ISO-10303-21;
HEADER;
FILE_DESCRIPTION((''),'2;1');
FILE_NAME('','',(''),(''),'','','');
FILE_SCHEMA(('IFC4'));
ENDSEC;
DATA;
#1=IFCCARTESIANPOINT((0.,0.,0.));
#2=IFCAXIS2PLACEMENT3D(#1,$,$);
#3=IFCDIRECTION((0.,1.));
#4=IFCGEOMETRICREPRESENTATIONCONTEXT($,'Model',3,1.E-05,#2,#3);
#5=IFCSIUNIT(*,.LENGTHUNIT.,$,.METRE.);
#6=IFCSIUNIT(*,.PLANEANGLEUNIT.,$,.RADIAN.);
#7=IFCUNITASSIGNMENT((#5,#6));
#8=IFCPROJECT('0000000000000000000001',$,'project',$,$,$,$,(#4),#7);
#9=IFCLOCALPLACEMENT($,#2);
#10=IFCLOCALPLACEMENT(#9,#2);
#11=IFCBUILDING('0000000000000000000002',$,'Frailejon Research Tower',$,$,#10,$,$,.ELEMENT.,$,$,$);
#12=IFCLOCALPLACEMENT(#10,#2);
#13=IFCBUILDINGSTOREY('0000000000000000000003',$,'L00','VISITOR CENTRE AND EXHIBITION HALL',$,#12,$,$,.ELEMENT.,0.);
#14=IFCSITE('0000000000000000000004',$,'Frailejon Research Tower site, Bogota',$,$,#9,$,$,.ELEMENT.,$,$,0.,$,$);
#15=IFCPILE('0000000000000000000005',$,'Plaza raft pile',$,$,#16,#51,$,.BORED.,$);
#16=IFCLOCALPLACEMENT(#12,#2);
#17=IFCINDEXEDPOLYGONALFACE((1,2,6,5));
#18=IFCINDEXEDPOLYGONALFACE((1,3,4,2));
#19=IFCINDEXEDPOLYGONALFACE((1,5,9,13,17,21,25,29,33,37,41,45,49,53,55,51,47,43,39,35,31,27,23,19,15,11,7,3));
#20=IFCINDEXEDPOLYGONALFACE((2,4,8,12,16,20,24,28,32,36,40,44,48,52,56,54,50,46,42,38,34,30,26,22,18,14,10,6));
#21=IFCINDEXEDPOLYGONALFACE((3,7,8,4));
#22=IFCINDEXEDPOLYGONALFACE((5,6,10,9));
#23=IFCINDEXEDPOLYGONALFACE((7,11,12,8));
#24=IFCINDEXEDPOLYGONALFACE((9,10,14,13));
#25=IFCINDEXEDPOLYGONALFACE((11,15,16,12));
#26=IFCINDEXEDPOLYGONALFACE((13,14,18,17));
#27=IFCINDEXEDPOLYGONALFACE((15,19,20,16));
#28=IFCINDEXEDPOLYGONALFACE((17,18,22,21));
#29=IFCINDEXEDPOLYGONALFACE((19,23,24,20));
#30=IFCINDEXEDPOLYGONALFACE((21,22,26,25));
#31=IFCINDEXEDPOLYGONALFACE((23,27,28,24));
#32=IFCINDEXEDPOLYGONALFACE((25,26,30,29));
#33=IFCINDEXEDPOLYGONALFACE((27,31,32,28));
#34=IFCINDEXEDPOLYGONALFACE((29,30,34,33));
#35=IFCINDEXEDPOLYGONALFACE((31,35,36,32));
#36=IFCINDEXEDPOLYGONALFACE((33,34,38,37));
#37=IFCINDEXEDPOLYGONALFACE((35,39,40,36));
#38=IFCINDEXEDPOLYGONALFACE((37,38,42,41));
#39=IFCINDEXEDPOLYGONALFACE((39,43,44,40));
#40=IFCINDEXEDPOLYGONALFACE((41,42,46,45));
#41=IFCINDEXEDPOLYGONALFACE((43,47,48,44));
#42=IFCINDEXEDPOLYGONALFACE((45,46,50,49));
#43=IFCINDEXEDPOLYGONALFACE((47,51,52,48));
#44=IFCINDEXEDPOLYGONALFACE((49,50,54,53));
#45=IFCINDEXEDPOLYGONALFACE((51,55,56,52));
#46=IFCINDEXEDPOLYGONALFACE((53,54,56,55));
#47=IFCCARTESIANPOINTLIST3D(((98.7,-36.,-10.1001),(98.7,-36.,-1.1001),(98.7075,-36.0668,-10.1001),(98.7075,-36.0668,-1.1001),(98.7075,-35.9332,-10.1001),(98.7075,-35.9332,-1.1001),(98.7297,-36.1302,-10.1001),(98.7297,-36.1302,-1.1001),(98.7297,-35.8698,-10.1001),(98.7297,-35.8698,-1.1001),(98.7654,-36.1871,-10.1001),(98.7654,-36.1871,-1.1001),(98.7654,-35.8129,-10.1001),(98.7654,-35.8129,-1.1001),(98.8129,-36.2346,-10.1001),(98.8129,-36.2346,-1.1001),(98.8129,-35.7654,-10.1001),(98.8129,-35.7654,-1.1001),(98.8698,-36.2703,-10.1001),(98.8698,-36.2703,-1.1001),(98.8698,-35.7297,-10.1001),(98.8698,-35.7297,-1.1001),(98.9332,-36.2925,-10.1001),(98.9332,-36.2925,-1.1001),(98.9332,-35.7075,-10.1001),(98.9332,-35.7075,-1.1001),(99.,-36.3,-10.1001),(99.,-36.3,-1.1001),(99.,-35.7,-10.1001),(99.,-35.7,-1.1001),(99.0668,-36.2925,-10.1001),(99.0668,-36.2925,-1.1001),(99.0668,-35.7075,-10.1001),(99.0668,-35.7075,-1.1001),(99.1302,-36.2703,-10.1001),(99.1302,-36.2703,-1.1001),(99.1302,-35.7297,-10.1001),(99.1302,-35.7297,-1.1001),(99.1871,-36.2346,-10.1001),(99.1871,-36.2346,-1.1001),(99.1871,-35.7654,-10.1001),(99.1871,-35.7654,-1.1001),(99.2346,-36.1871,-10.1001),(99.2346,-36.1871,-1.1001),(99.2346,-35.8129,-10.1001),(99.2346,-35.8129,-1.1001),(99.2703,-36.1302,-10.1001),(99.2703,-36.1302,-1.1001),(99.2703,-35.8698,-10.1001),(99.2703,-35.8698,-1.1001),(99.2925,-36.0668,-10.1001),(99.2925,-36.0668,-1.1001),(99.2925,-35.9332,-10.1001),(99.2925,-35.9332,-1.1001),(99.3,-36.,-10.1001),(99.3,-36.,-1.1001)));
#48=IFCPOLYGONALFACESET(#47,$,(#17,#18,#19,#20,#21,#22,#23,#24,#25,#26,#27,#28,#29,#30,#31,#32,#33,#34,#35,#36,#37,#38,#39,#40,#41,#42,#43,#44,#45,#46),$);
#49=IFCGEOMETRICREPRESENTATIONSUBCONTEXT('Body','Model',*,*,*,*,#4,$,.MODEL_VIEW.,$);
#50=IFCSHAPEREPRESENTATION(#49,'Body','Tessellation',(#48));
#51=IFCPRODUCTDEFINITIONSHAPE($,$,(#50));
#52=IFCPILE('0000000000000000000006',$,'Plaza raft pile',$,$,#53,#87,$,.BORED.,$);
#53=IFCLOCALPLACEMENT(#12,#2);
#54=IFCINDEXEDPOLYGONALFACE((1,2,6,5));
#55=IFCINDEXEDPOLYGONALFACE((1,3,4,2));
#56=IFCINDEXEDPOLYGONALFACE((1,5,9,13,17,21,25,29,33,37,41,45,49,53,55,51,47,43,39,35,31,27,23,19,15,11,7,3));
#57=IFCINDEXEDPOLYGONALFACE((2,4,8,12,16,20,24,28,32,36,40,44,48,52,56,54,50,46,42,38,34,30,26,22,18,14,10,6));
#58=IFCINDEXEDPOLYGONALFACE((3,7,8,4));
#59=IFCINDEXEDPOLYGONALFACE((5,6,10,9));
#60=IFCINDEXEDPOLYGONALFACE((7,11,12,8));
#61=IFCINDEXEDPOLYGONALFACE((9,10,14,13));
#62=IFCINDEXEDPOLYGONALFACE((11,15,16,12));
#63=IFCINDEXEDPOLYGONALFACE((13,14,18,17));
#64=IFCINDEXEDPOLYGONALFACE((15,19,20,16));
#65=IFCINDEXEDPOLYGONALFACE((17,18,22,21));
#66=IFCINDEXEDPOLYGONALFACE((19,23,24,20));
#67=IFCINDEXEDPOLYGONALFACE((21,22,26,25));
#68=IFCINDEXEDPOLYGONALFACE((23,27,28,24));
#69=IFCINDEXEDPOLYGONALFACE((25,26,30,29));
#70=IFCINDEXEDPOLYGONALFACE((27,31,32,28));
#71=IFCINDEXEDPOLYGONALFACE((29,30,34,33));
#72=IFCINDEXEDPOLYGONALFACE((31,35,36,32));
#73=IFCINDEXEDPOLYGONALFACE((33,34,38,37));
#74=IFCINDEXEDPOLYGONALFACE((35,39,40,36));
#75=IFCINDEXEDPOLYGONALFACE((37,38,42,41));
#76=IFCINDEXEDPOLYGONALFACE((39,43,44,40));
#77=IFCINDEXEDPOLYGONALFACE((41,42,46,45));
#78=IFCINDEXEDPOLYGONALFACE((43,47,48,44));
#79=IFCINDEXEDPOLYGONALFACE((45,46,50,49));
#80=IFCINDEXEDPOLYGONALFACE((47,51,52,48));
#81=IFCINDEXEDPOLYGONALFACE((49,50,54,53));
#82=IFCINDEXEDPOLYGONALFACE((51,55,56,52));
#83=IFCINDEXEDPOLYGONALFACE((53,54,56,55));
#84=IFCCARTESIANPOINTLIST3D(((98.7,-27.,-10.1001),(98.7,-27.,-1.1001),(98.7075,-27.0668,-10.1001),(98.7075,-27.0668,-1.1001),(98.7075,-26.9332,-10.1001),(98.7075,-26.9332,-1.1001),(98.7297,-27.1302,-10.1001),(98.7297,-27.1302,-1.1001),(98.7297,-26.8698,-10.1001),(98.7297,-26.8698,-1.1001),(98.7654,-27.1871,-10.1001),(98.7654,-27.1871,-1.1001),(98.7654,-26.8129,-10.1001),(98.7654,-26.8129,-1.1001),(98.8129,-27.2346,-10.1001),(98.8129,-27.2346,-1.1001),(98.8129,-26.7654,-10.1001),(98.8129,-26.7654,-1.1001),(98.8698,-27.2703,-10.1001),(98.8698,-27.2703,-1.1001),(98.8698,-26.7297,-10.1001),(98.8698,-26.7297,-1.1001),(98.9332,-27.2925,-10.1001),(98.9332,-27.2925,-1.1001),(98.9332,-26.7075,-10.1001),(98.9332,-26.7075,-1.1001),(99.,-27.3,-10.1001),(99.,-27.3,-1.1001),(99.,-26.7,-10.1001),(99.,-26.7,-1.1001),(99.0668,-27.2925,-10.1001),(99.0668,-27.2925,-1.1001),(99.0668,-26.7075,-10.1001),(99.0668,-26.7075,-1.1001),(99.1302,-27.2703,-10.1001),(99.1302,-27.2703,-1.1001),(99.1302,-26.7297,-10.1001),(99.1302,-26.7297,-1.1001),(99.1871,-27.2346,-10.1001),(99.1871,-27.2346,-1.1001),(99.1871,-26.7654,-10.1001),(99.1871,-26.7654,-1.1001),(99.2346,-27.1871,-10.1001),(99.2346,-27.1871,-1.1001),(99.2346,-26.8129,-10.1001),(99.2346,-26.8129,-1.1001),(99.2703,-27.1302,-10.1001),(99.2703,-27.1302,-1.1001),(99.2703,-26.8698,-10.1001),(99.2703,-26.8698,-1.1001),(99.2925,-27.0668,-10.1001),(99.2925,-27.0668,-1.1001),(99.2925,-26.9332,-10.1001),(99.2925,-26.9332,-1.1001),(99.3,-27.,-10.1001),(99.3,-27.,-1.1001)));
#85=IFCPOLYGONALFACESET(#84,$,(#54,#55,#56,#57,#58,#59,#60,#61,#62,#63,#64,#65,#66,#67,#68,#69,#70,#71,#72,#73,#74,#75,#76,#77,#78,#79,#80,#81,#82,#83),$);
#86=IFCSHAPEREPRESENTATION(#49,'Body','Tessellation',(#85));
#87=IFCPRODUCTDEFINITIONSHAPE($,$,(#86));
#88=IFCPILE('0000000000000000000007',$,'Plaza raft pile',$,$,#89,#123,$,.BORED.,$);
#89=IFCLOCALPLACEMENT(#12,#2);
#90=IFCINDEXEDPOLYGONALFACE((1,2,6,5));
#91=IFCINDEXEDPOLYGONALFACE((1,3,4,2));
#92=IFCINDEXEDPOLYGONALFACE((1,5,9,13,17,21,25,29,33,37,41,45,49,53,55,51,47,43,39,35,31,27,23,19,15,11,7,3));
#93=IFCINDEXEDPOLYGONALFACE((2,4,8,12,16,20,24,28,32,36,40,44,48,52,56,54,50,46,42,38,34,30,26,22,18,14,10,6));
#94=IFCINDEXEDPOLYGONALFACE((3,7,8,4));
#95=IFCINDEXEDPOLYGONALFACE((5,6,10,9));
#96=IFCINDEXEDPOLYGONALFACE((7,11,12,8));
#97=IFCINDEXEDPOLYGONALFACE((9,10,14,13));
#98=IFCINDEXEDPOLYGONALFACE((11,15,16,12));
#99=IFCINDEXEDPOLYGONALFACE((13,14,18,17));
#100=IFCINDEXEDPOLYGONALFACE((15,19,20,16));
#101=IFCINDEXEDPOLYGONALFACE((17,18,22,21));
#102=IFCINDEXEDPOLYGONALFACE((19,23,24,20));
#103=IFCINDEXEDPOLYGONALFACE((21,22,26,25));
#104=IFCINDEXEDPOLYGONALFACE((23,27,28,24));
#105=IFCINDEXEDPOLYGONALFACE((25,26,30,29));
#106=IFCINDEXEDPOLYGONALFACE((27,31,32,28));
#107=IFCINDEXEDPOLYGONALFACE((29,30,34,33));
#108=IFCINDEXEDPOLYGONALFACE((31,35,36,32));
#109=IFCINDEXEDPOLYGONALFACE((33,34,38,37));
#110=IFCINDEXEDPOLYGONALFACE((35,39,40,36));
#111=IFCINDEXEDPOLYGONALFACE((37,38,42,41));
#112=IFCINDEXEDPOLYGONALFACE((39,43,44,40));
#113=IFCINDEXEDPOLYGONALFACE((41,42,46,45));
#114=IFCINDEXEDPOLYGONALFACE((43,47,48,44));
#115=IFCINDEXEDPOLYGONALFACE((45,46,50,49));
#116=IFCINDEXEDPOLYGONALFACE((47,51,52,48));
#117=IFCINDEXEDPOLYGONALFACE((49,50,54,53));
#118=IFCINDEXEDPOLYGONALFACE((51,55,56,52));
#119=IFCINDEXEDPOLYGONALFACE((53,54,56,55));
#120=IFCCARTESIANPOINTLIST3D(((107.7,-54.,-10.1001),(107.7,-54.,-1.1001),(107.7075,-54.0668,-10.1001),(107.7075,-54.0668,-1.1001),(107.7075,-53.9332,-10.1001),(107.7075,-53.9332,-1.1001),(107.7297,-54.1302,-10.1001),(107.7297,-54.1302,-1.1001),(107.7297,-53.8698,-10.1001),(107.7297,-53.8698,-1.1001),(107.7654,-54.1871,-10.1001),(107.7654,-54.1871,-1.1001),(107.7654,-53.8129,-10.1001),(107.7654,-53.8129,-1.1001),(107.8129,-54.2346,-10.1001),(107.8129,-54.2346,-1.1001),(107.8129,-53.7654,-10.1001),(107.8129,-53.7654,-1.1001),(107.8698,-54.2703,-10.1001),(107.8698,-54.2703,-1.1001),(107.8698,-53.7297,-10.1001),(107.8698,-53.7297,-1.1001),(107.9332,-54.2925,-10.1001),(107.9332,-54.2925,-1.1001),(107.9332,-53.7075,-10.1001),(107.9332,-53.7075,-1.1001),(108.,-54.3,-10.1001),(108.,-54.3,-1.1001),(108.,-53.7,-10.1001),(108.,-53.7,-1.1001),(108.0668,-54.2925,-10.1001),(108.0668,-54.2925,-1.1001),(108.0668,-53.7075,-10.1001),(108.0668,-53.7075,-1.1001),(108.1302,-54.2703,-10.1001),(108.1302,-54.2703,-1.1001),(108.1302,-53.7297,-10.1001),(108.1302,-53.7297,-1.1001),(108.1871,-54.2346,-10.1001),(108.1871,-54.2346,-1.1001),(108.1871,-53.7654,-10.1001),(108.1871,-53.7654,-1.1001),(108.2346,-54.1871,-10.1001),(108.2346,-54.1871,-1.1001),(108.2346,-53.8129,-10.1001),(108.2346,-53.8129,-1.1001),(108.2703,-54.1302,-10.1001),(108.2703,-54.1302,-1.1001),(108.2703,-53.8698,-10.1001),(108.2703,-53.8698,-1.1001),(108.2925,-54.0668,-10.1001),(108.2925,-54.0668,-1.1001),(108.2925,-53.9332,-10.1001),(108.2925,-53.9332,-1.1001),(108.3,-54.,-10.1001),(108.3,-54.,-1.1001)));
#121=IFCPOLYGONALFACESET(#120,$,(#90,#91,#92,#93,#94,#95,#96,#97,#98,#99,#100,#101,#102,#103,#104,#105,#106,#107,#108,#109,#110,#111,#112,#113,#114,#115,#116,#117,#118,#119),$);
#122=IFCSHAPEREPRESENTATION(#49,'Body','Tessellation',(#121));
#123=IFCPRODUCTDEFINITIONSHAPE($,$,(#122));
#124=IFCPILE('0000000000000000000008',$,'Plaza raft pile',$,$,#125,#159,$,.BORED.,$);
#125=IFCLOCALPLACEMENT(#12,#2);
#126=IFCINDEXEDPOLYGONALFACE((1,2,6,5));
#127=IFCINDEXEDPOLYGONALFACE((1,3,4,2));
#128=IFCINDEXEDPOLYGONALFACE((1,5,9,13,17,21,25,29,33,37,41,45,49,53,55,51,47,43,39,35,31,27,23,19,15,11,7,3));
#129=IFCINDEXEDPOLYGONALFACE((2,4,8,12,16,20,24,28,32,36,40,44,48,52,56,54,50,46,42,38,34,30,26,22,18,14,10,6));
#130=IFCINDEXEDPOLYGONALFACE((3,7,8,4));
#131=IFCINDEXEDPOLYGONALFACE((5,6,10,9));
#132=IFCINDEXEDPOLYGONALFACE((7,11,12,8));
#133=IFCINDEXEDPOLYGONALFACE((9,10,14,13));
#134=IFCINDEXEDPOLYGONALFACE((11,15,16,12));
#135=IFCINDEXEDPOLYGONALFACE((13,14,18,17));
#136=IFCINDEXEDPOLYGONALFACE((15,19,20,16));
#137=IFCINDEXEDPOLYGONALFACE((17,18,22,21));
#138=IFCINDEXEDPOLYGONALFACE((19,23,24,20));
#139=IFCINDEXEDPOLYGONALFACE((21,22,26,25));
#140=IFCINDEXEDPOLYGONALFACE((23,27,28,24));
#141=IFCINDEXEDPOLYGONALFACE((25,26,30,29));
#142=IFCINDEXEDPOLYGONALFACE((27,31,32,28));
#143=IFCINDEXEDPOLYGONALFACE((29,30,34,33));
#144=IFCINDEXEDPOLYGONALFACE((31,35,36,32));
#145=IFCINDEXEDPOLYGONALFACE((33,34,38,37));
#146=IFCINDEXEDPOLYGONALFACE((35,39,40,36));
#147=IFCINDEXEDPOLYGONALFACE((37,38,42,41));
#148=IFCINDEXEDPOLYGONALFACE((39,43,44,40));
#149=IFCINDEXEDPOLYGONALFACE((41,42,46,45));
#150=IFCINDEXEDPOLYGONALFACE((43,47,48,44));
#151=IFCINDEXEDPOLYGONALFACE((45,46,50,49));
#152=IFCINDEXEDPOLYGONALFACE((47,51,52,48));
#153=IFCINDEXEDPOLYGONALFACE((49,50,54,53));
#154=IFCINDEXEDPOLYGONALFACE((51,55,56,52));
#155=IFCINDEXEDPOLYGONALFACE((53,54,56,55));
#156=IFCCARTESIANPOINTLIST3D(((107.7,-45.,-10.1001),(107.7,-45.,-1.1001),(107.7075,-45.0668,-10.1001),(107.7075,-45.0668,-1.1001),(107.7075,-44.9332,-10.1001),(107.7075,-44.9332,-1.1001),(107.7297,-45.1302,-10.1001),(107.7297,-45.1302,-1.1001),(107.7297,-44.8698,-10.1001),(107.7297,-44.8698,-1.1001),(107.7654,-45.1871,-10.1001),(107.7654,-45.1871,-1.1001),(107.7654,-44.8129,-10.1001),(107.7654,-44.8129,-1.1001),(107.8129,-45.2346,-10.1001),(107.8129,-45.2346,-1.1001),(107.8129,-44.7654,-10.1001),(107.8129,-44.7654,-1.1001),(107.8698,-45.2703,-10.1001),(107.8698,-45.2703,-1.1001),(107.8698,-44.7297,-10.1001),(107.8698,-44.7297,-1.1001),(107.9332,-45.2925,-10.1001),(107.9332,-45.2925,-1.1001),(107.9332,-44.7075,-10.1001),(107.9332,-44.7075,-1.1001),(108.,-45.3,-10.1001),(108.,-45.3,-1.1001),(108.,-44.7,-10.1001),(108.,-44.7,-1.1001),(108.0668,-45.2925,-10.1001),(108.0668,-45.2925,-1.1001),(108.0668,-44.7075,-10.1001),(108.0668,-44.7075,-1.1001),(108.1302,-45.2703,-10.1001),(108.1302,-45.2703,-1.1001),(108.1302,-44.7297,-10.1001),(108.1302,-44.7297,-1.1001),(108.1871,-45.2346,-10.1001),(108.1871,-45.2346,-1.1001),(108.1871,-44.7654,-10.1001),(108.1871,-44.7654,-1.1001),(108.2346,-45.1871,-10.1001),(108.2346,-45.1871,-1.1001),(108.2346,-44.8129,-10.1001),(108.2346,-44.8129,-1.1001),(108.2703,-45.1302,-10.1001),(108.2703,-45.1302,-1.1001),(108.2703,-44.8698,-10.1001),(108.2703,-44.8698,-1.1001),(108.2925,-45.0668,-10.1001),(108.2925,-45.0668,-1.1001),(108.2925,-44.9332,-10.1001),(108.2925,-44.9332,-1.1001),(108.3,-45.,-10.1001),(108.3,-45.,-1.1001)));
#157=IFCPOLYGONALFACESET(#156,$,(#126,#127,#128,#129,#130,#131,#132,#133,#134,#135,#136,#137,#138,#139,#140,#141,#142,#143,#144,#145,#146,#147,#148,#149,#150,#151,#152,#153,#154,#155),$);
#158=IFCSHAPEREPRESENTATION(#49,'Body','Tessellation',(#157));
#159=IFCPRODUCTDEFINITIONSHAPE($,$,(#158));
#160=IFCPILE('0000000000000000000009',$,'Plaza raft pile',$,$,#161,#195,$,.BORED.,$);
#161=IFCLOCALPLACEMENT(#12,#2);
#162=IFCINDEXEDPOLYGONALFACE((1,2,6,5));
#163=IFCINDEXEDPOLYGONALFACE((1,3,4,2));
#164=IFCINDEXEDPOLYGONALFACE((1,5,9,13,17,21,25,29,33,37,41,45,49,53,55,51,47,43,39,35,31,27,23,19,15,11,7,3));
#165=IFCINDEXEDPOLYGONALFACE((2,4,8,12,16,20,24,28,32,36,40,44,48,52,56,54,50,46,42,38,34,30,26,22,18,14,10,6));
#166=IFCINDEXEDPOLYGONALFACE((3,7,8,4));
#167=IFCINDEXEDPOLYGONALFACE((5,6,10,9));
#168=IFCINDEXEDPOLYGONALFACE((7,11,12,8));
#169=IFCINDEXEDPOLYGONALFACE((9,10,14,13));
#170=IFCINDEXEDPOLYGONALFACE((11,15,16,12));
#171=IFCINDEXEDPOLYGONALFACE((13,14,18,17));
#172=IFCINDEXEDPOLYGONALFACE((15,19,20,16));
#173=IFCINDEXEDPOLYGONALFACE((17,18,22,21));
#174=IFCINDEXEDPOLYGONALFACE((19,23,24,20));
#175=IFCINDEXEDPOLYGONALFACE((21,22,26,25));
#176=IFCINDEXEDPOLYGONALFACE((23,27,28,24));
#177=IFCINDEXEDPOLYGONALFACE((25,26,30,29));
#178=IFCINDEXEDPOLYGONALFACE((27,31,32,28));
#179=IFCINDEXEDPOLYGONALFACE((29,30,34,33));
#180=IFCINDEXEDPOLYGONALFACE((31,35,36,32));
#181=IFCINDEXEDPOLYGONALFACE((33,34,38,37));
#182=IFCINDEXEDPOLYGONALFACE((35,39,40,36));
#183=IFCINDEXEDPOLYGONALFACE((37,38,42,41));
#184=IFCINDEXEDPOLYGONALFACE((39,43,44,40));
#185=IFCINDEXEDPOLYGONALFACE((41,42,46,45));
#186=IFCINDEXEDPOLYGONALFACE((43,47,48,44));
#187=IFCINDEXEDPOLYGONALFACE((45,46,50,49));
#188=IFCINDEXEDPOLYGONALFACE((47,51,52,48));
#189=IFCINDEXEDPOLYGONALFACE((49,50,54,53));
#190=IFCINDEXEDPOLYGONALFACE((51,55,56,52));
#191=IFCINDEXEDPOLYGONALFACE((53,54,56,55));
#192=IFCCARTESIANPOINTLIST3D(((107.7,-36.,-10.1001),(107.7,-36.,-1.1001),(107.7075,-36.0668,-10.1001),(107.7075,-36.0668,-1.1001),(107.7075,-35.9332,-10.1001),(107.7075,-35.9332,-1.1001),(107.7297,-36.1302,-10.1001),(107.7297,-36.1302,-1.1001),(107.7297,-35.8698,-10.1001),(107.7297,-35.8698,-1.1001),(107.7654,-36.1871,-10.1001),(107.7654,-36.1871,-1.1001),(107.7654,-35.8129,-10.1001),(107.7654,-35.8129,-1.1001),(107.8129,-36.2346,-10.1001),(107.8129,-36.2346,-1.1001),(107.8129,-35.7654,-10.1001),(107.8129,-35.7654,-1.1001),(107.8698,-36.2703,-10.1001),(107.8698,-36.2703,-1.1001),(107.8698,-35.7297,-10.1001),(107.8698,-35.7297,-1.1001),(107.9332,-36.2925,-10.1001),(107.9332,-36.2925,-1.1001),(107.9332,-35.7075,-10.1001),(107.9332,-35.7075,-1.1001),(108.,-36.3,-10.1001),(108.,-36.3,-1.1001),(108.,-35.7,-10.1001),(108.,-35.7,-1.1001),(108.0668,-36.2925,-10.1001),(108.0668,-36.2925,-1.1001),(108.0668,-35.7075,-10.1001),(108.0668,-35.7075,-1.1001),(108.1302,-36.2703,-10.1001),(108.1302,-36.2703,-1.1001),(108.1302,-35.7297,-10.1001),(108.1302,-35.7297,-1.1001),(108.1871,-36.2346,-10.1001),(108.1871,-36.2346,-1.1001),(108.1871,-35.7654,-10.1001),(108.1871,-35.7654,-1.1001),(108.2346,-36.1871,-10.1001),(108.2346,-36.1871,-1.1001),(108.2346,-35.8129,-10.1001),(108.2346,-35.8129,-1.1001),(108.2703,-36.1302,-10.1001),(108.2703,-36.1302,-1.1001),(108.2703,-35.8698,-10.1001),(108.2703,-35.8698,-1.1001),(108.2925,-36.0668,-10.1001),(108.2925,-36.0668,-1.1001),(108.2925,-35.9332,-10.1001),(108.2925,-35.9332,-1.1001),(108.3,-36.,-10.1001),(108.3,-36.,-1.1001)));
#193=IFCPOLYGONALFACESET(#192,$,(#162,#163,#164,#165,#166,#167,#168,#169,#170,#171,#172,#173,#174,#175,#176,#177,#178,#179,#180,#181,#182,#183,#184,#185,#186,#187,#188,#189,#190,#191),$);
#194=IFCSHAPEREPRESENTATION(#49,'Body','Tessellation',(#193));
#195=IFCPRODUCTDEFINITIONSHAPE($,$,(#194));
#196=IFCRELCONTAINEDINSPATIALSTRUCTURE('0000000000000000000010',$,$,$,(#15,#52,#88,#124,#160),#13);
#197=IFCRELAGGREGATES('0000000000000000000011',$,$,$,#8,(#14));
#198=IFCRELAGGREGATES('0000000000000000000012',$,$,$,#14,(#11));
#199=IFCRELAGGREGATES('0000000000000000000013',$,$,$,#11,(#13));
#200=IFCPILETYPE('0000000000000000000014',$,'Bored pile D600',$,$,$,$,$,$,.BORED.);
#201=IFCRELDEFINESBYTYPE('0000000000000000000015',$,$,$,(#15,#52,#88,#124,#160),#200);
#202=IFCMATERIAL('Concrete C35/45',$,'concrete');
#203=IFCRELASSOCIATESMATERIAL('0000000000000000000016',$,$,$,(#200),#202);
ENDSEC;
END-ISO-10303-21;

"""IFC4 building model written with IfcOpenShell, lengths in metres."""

from ifc_helpers import new_model, si_unit, direction, frame, origin, origin_2d, place, context, subcontext, project, spatial, circle, extrude, material, material_profile, profile_set, type_object, element, save


model = new_model("IFC4")

# Units and contexts
model_context = context("Model", 3, precision=1e-05, world=origin(), true_north=direction((0.0, 1.0)))
body_context = subcontext(model_context, "Body", "Model", "MODEL_VIEW")
ifc_project = project(units=[si_unit("LENGTHUNIT", "METRE"), si_unit("PLANEANGLEUNIT", "RADIAN")], contexts=[model_context])

# Site, building, storey
site_placement = place(None, origin())
site = spatial("IfcSite", under=ifc_project, at=site_placement, Name="Frailejon Research Tower site, Bogota", CompositionType="ELEMENT", RefElevation=0.0)
building_placement = place(site_placement, origin())
building = spatial("IfcBuilding", under=site, at=building_placement, Name="Frailejon Research Tower", CompositionType="ELEMENT")
storey_placement = place(building_placement, origin())
storey = spatial("IfcBuildingStorey", under=building, at=storey_placement, Name="L00", Description="VISITOR CENTRE AND EXHIBITION HALL", CompositionType="ELEMENT", Elevation=0.0)

# Piles
ifc_material = material(Name="Concrete C35/45", Category="concrete")
ifc_material_profile = material_profile(ifc_material, circle(Radius=0.3, at=origin_2d()), Name="Bored pile D600")
ifc_profile_set = profile_set([ifc_material_profile], Name="Concrete C35/45")
pile_type = type_object("IfcPileType", Name="Bored pile D600", PredefinedType="BORED", material=ifc_profile_set)
for number, where, z_axis, x_axis, name in (
    (1, (99.0, -36.0, -1.1001), (0.0, 0.0, -1.0), (1.0, 0.0, 0.0), "Plaza raft pile"),
    (2, (99.0, -27.0, -1.1001), (0.0, 0.0, -1.0), (1.0, 0.0, 0.0), "Plaza raft pile"),
    (3, (108.0, -54.0, -1.1001), (0.0, 0.0, -1.0), (1.0, 0.0, 0.0), "Plaza raft pile"),
    (4, (108.0, -45.0, -1.1001), (0.0, 0.0, -1.0), (1.0, 0.0, 0.0), "Plaza raft pile"),
    (5, (108.0, -36.0, -1.1001), (0.0, 0.0, -1.0), (1.0, 0.0, 0.0), "Plaza raft pile"),
):
    element("IfcPile", number, at=place(storey_placement, frame(where, z_axis=z_axis, x_axis=x_axis)), inside=storey, type_object=pile_type, Name=name, PredefinedType="BORED", context=body_context, shape_type="SweptSolid", body=[
        extrude(circle(Radius=0.3, at=origin_2d()), origin(), (0.0, 0.0, 1.0), 9.0),
    ])

save(model, "model.ifc")
